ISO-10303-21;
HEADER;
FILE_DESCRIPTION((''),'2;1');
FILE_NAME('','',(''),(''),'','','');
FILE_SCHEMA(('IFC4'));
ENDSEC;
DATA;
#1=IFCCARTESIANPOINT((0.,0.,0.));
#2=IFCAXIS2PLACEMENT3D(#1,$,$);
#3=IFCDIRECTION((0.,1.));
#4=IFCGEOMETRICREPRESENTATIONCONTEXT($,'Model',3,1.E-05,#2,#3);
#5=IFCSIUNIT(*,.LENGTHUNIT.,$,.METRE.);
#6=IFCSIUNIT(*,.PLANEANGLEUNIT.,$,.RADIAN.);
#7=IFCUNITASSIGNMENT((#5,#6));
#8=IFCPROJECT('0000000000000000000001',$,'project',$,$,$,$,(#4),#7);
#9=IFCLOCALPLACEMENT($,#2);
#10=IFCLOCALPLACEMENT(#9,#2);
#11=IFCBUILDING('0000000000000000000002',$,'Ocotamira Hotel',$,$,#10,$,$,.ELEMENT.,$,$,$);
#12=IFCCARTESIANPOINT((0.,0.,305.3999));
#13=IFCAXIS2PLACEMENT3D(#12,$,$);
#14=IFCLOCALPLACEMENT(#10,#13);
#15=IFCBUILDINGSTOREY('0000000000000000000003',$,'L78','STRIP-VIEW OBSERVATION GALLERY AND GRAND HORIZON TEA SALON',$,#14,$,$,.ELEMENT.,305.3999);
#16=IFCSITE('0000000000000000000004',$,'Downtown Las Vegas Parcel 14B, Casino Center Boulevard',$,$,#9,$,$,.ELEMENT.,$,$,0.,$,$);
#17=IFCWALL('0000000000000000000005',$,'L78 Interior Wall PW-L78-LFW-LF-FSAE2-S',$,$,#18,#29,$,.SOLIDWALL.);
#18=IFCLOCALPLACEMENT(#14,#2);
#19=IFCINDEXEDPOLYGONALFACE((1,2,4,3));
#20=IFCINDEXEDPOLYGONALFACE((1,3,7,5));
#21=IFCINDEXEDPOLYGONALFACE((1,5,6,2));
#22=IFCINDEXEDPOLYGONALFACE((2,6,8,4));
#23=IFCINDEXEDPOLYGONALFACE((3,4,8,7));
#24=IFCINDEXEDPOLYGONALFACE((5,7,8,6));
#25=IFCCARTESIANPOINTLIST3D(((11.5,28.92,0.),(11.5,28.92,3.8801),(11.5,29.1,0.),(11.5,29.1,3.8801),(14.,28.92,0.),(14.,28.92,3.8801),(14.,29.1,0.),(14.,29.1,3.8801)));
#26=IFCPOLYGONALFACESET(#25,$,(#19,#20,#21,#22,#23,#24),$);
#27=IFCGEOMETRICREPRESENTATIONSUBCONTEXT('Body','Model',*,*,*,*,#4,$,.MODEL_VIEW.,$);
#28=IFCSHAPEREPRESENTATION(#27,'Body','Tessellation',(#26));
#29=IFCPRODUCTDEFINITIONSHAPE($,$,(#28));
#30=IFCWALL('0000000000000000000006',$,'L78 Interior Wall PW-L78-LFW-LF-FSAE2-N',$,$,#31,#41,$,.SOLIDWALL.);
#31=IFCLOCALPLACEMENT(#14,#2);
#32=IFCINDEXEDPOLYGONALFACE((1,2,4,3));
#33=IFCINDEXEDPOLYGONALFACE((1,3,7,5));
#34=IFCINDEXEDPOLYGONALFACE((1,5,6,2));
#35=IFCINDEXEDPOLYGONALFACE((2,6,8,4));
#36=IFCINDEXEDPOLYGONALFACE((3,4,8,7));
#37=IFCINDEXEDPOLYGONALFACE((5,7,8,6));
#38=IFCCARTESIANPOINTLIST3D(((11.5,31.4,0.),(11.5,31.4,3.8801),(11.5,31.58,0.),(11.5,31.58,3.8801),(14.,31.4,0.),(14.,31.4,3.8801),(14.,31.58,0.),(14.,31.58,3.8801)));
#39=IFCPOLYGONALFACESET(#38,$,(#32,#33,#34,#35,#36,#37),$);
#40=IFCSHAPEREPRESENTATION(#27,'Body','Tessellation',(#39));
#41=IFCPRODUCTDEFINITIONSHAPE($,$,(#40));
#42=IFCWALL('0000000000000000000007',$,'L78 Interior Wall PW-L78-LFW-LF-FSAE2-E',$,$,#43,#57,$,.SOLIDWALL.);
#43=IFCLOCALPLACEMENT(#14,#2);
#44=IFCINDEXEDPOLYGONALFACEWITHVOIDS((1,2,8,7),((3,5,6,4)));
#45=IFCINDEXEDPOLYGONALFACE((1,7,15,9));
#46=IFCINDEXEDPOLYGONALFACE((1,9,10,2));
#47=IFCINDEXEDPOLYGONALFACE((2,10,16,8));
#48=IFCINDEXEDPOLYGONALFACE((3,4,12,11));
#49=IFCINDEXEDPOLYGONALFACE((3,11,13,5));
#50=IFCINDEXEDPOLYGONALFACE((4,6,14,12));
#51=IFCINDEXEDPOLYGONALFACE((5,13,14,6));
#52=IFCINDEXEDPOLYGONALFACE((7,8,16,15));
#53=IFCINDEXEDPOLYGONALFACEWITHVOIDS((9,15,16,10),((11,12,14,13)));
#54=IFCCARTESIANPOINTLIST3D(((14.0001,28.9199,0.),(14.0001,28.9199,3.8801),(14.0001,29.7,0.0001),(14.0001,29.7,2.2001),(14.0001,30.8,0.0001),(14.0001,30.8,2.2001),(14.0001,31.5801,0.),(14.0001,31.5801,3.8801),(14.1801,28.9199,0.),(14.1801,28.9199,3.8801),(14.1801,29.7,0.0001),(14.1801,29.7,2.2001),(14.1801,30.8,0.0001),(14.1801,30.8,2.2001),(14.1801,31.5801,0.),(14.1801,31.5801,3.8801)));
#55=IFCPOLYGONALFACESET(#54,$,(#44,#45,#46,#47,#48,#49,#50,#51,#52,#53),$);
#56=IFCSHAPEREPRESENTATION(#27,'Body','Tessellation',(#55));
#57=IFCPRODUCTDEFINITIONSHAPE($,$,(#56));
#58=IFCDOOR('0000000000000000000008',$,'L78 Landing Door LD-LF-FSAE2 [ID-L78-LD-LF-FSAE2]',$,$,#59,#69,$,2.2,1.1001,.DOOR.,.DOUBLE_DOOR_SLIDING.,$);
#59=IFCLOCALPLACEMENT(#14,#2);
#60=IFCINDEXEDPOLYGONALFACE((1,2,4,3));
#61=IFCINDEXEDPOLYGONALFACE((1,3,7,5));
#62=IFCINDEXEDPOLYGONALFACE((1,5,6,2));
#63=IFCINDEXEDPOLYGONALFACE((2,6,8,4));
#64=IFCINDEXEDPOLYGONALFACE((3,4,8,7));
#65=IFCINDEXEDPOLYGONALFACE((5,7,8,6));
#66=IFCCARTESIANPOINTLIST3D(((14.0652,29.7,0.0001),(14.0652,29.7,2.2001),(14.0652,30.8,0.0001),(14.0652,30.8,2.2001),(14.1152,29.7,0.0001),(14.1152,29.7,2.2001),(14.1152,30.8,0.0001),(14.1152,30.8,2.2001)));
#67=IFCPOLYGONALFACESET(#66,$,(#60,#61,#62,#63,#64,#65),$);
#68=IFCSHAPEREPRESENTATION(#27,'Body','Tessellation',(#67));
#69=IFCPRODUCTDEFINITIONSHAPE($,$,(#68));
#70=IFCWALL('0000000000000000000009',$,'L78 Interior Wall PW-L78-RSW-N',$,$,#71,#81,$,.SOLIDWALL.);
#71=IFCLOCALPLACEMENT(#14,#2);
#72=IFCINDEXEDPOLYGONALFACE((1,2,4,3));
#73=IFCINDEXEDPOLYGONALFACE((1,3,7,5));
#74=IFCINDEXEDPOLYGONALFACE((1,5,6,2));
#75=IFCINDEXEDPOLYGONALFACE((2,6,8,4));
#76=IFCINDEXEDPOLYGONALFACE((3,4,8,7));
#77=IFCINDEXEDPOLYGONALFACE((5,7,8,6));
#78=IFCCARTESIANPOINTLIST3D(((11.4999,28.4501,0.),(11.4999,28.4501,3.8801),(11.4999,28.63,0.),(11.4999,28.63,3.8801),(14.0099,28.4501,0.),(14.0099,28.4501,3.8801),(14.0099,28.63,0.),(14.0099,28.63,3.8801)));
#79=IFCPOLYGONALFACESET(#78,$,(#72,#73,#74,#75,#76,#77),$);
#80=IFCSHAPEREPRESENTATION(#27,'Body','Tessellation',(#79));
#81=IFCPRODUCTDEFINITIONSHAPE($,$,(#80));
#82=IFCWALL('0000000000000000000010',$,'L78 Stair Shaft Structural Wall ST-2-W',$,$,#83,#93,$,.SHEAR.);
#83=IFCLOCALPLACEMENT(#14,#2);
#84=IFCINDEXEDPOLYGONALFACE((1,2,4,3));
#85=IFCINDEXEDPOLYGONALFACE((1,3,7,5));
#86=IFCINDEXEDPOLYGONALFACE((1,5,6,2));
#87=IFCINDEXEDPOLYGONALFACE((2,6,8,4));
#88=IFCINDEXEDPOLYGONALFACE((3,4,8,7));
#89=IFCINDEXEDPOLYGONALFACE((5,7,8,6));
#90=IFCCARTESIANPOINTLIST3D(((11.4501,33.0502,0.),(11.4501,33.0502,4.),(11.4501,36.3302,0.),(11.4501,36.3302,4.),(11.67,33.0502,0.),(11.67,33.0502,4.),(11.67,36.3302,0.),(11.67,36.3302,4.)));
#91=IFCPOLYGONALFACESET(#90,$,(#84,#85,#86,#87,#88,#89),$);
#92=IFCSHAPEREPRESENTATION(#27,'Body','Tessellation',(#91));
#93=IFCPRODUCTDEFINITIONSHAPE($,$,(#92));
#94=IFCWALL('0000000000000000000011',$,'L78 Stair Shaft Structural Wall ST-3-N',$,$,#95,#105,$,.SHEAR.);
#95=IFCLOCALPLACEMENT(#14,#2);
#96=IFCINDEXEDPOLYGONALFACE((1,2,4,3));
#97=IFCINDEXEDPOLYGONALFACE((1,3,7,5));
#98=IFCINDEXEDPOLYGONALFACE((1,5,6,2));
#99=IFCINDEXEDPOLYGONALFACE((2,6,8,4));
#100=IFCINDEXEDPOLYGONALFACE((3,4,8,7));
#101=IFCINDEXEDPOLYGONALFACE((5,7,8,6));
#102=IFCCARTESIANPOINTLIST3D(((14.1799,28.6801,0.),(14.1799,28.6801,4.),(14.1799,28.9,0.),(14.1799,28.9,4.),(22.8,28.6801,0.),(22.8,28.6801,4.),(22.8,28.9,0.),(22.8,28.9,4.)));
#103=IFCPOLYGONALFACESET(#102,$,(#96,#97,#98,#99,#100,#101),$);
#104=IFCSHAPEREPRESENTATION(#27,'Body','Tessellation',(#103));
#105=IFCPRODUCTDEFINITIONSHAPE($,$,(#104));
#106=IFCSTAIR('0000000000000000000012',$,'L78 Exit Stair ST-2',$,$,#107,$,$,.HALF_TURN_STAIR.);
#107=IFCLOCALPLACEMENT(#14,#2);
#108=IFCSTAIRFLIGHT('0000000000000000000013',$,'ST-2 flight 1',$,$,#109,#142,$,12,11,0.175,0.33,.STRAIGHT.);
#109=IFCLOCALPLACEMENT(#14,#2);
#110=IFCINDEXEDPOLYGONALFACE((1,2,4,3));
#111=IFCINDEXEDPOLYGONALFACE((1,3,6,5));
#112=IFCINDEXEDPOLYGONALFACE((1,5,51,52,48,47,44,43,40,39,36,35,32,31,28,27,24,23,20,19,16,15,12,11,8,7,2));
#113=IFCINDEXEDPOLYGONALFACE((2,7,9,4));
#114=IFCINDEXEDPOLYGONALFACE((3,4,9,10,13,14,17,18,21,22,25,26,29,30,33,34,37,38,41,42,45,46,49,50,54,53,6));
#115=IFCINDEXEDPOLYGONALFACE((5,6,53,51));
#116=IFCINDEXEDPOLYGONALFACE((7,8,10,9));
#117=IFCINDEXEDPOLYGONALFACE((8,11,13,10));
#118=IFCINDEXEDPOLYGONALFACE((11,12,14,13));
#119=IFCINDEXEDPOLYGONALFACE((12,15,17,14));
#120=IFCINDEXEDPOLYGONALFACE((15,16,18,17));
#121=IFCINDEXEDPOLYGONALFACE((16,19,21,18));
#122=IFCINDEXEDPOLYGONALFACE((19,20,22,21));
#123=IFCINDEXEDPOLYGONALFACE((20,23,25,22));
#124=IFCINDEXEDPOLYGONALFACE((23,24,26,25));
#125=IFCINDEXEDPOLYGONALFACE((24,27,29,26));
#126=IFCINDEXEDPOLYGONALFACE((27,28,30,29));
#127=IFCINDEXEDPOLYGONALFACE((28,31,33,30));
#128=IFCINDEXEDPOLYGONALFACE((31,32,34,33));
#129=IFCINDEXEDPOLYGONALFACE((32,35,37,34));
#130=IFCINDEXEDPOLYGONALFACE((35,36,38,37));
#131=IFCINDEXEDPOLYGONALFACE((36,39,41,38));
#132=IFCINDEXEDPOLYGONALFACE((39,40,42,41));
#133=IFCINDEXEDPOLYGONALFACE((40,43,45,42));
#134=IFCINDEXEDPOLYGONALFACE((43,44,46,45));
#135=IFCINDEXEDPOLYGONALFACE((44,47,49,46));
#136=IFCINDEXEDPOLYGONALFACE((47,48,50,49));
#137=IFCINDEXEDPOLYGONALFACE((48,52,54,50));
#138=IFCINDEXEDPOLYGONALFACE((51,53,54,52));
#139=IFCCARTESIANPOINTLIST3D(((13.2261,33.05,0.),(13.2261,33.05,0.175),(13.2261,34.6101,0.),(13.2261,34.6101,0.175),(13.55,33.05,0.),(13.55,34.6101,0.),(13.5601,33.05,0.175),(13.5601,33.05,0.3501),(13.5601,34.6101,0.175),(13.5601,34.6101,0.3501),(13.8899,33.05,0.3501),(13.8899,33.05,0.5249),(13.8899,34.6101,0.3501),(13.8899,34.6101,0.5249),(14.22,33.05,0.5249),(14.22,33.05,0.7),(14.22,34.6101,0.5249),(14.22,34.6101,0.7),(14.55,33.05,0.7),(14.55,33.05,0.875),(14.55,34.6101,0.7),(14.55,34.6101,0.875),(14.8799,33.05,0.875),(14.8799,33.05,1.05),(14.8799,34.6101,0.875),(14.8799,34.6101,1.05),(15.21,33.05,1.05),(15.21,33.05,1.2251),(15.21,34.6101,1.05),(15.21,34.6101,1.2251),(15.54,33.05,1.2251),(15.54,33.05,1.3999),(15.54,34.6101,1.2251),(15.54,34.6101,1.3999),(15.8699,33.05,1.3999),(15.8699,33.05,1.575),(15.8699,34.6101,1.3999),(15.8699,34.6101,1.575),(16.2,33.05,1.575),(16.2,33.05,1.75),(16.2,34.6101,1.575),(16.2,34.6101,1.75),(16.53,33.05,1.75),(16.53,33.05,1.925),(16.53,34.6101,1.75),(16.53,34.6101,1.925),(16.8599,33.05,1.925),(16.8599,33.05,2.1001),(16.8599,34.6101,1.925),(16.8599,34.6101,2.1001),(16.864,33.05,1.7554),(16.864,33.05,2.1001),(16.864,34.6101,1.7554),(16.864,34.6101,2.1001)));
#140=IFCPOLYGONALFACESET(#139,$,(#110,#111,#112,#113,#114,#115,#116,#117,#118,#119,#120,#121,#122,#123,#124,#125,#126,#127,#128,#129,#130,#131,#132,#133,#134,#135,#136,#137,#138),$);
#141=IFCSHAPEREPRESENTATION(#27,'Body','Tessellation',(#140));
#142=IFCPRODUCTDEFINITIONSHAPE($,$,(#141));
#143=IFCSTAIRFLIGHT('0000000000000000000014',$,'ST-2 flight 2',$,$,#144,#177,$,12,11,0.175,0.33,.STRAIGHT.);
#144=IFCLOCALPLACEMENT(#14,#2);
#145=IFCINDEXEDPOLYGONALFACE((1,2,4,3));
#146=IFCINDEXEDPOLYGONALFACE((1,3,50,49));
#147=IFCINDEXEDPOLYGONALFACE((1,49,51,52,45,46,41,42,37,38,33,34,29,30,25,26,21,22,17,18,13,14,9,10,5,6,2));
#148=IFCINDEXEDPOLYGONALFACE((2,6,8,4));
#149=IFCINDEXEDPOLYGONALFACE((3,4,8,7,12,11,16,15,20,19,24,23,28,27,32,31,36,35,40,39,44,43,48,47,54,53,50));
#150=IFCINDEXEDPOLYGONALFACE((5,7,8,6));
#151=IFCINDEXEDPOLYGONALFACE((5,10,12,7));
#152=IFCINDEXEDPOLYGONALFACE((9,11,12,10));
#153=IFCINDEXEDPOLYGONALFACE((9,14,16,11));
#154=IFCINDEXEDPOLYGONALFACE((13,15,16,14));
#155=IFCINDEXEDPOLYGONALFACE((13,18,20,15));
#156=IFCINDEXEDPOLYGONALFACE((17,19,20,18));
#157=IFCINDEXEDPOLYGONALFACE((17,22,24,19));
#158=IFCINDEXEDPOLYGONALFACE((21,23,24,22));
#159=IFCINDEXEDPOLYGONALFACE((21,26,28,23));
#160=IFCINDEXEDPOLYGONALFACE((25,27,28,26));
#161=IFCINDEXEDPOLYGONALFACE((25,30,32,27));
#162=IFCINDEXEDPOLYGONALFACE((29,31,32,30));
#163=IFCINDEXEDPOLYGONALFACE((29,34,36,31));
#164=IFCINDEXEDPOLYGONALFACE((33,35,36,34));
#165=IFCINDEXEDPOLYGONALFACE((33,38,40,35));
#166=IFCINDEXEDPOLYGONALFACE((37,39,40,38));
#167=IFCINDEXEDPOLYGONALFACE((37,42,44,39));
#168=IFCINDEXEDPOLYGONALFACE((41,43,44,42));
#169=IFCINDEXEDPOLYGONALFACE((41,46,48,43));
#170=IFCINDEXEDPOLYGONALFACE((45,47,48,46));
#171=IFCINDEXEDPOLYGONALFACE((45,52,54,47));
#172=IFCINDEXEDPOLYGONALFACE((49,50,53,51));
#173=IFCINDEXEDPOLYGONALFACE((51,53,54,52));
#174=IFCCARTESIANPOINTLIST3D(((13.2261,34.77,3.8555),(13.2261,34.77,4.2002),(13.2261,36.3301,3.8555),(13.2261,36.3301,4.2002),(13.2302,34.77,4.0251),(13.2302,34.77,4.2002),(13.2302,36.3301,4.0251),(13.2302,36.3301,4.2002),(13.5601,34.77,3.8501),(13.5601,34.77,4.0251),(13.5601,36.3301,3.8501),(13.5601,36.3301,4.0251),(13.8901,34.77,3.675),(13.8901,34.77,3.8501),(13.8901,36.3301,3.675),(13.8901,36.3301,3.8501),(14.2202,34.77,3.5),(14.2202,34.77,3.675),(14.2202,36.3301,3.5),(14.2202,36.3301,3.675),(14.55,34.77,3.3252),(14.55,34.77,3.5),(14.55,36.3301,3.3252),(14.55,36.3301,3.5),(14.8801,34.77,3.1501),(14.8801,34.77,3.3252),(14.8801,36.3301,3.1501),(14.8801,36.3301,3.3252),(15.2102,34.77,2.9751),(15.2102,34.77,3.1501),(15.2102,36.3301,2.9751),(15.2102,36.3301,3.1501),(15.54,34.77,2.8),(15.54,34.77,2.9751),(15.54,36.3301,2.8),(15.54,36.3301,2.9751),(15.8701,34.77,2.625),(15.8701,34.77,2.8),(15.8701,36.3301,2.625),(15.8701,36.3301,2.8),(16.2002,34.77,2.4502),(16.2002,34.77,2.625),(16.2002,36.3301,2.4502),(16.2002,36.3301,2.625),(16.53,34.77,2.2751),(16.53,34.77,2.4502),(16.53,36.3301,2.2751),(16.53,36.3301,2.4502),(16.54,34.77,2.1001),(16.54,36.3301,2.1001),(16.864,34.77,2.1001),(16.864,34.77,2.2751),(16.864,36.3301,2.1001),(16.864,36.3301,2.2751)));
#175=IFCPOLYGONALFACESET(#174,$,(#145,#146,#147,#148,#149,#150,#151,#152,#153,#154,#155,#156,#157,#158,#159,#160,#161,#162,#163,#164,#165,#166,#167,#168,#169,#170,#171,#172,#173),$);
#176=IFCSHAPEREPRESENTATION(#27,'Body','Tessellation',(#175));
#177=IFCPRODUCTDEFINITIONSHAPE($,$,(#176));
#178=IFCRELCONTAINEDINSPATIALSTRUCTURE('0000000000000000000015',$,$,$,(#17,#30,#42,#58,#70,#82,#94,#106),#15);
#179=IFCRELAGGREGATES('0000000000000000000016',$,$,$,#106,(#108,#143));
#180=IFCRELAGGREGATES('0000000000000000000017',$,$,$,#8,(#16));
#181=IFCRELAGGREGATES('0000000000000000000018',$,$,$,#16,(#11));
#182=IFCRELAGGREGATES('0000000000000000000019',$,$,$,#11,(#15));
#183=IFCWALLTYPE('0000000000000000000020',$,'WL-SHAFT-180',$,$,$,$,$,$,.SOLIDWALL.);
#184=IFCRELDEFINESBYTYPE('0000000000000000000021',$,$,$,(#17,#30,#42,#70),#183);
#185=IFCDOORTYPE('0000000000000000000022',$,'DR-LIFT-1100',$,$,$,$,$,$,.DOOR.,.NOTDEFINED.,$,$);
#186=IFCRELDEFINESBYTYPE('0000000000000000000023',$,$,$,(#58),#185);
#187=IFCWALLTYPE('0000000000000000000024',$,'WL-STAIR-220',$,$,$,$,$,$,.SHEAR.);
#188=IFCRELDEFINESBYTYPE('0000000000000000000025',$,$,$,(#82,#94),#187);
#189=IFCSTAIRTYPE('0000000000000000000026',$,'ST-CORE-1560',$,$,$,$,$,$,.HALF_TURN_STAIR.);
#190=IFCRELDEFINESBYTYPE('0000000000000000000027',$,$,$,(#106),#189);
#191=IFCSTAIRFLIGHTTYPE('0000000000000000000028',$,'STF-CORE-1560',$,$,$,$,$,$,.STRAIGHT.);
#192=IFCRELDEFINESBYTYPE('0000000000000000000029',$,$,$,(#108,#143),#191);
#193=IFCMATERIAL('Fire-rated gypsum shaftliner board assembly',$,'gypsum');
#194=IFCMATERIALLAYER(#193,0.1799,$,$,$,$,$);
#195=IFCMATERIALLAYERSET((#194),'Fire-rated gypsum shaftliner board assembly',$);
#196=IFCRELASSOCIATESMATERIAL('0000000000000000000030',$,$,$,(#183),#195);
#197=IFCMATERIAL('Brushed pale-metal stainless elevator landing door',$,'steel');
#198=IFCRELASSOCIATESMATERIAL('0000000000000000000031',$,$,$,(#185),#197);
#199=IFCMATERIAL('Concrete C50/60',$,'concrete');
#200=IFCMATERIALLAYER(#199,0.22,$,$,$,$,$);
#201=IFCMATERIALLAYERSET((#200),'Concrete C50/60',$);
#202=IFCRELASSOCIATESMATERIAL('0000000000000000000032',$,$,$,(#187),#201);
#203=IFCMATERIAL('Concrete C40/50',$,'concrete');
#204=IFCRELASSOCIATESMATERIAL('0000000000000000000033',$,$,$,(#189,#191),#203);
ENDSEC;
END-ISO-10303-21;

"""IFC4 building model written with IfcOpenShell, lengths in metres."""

from ifc_helpers import new_model, si_unit, direction, frame, frame_2d, origin, place, context, subcontext, project, spatial, polyline, rectangle, outline, extrude, source, transform, mapped, material, layer, layer_set, type_object, element, fill, aggregate, save


model = new_model("IFC4")

# Units and contexts
model_context = context("Model", 3, precision=1e-05, world=origin(), true_north=direction((0.0, 1.0)))
body_context = subcontext(model_context, "Body", "Model", "MODEL_VIEW")
ifc_project = project(units=[si_unit("LENGTHUNIT", "METRE"), si_unit("PLANEANGLEUNIT", "RADIAN")], contexts=[model_context])

# Site, building, storey
site_placement = place(None, origin())
site = spatial("IfcSite", under=ifc_project, at=site_placement, Name="Downtown Las Vegas Parcel 14B, Casino Center Boulevard", CompositionType="ELEMENT", RefElevation=0.0)
building_placement = place(site_placement, origin())
building = spatial("IfcBuilding", under=site, at=building_placement, Name="Ocotamira Hotel", CompositionType="ELEMENT")
storey_placement = place(building_placement, frame((0.0, 0.0, 305.3999)))
storey = spatial("IfcBuildingStorey", under=building, at=storey_placement, Name="L78", Description="STRIP-VIEW OBSERVATION GALLERY AND GRAND HORIZON TEA SALON", CompositionType="ELEMENT", Elevation=305.3999)

# Walls
ifc_material_1 = material(Name="Fire-rated gypsum shaftliner board assembly", Category="gypsum")
ifc_layer_1 = layer(ifc_material_1, 0.1799)
ifc_layer_set_1 = layer_set([ifc_layer_1], Name="Fire-rated gypsum shaftliner board assembly")
wall_type_1 = type_object("IfcWallType", Name="WL-SHAFT-180", PredefinedType="SOLIDWALL", material=ifc_layer_set_1)
for number, where, z_axis, x_axis, name in (
    (1, (11.5, 29.01, 0.0), (0.0, 0.0, 1.0), (1.0, 0.0, 0.0), "L78 Interior Wall PW-L78-LFW-LF-FSAE2-S"),
    (2, (11.5, 31.49, 0.0), (0.0, 0.0, 1.0), (1.0, 0.0, 0.0), "L78 Interior Wall PW-L78-LFW-LF-FSAE2-N"),
):
    element("IfcWall", number, at=place(storey_placement, frame(where, z_axis=z_axis, x_axis=x_axis)), inside=storey, type_object=wall_type_1, Name=name, PredefinedType="SOLIDWALL", context=body_context, shape_type="SweptSolid", body=[
        extrude(rectangle(XDim=2.5, YDim=0.1799, at=frame_2d((1.25, 0.0))), origin(), (0.0, 0.0, 1.0), 3.8801),
    ])

# Wall, opening, door
wall_1_placement = place(storey_placement, frame((14.0901, 28.9199, 0.0), z_axis=(0.0, 0.0, 1.0), x_axis=(0.0, 1.0, 0.0)))
wall_1 = element("IfcWall", 3, at=wall_1_placement, inside=storey, type_object=wall_type_1, Name="L78 Interior Wall PW-L78-LFW-LF-FSAE2-E", PredefinedType="SOLIDWALL", context=body_context, shape_type="SweptSolid", body=[
    extrude(rectangle(XDim=2.6602, YDim=0.1799, at=frame_2d((1.3301, 0.0))), origin(), (0.0, 0.0, 1.0), 3.8801),
])
opening_1_placement = place(wall_1_placement, frame((0.78, 0.0, 0.0)))
opening_1 = element("IfcOpeningElement", 4, at=opening_1_placement, cuts=wall_1, PredefinedType="OPENING", context=body_context, shape_type="SweptSolid", body=[
    extrude(rectangle(XDim=1.1001, YDim=2.2, at=frame_2d((0.55, 1.1001))), frame((0.0, 0.1001, 0.0), z_axis=(0.0, -1.0, 0.0), x_axis=(1.0, 0.0, 0.0)), (0.0, 0.0, 1.0), 0.2),
])
ifc_material_2 = material(Name="Brushed pale-metal stainless elevator landing door", Category="steel")
door_type_1 = type_object("IfcDoorType", Name="DR-LIFT-1100", OperationType="NOTDEFINED", PredefinedType="DOOR", material=ifc_material_2)
shared_shape_1 = source(origin(), body_context, "Body", "SweptSolid", [
    extrude(rectangle(XDim=1.1001, YDim=2.2, at=frame_2d((0.55, 1.1001))), frame((0.0, 0.0249, 0.0), z_axis=(0.0, -1.0, 0.0), x_axis=(1.0, 0.0, 0.0)), (0.0, 0.0, 1.0), 0.05),
])
door_1_placement = place(opening_1_placement, origin())
door_1 = element("IfcDoor", 5, at=door_1_placement, inside=storey, type_object=door_type_1, Name="L78 Landing Door LD-LF-FSAE2 [ID-L78-LD-LF-FSAE2]", OperationType="DOUBLE_DOOR_SLIDING", OverallHeight=2.2, OverallWidth=1.1001, PredefinedType="DOOR", context=body_context, shape_type="MappedRepresentation", body=[
    mapped(shared_shape_1, transform((0.0, 0.0, 0.0), scale=1.0)),
])
fill(opening_1, door_1)

# Walls
wall_2_placement = place(storey_placement, frame((11.5, 28.54, 0.0), z_axis=(0.0, 0.0, 1.0), x_axis=(1.0, 0.0, 0.0)))
element("IfcWall", 6, at=wall_2_placement, inside=storey, type_object=wall_type_1, Name="L78 Interior Wall PW-L78-RSW-N", PredefinedType="SOLIDWALL", context=body_context, shape_type="SweptSolid", body=[
    extrude(rectangle(XDim=2.51, YDim=0.1799, at=frame_2d((1.2549, 0.0))), origin(), (0.0, 0.0, 1.0), 3.8801),
])
ifc_material_3 = material(Name="Concrete C50/60", Category="concrete")
ifc_layer_2 = layer(ifc_material_3, 0.22)
ifc_layer_set_2 = layer_set([ifc_layer_2], Name="Concrete C50/60")
wall_type_2 = type_object("IfcWallType", Name="WL-STAIR-220", PredefinedType="SHEAR", material=ifc_layer_set_2)
wall_3_placement = place(storey_placement, frame((11.5601, 33.05, 0.0), z_axis=(0.0, 0.0, 1.0), x_axis=(0.0, 1.0, 0.0)))
element("IfcWall", 7, at=wall_3_placement, inside=storey, type_object=wall_type_2, Name="L78 Stair Shaft Structural Wall ST-2-W", PredefinedType="SHEAR", context=body_context, shape_type="SweptSolid", body=[
    extrude(rectangle(XDim=3.28, YDim=0.22, at=frame_2d((1.6401, 0.0))), origin(), (0.0, 0.0, 1.0), 4.0),
])
wall_4_placement = place(storey_placement, frame((14.1799, 28.79, 0.0), z_axis=(0.0, 0.0, 1.0), x_axis=(1.0, 0.0, 0.0)))
element("IfcWall", 8, at=wall_4_placement, inside=storey, type_object=wall_type_2, Name="L78 Stair Shaft Structural Wall ST-3-N", PredefinedType="SHEAR", context=body_context, shape_type="SweptSolid", body=[
    extrude(rectangle(XDim=8.6201, YDim=0.22, at=frame_2d((4.3101, 0.0))), origin(), (0.0, 0.0, 1.0), 4.0),
])

# Stair, stair flights
ifc_material_4 = material(Name="Concrete C40/50", Category="concrete")
stair_type = type_object("IfcStairType", Name="ST-CORE-1560", PredefinedType="HALF_TURN_STAIR", material=ifc_material_4)
stair_placement = place(storey_placement, origin())
stair = element("IfcStair", 9, at=stair_placement, inside=storey, type_object=stair_type, Name="L78 Exit Stair ST-2", PredefinedType="HALF_TURN_STAIR")
stair_flight_type = type_object("IfcStairFlightType", Name="STF-CORE-1560", PredefinedType="STRAIGHT", material=ifc_material_4)
shared_shape_2 = source(origin(), body_context, "Body", "SweptSolid", [
    extrude(outline(polyline([(-0.0039, 0.0), (-0.0039, 0.175), (0.3301, 0.175), (0.3301, 0.3501), (0.6599, 0.3501), (0.6599, 0.5249), (0.99, 0.5249), (0.99, 0.7), (1.3201, 0.7), (1.3201, 0.875), (1.6499, 0.875), (1.6499, 1.05), (1.98, 1.05), (1.98, 1.2251), (2.3101, 1.2251), (2.3101, 1.3999), (2.6399, 1.3999), (2.6399, 1.575), (2.97, 1.575), (2.97, 1.75), (3.3, 1.75), (3.3, 1.925), (3.6299, 1.925), (3.6299, 2.1001), (3.634, 2.1001), (3.634, 1.7554), (0.3201, 0.0), (-0.0039, 0.0)])), frame((0.0, 0.78, 0.0), z_axis=(0.0, -1.0, 0.0), x_axis=(1.0, 0.0, 0.0)), (0.0, 0.0, 1.0), 1.5601),
])
stair_flight_1_placement = place(storey_placement, frame((13.23, 33.8301, 0.0), z_axis=(0.0, 0.0, 1.0), x_axis=(1.0, 0.0, 0.0)))
stair_flight_1 = element("IfcStairFlight", 10, at=stair_flight_1_placement, type_object=stair_flight_type, Name="ST-2 flight 1", NumberOfRisers=12, NumberOfTreads=11, PredefinedType="STRAIGHT", RiserHeight=0.175, TreadLength=0.33, context=body_context, shape_type="MappedRepresentation", body=[
    mapped(shared_shape_2, transform((0.0, 0.0, 0.0), scale=1.0)),
])
stair_flight_2_placement = place(storey_placement, frame((16.8601, 35.55, 2.1001), z_axis=(0.0, 0.0, 1.0), x_axis=(-1.0, 0.0, 0.0)))
stair_flight_2 = element("IfcStairFlight", 11, at=stair_flight_2_placement, type_object=stair_flight_type, Name="ST-2 flight 2", NumberOfRisers=12, NumberOfTreads=11, PredefinedType="STRAIGHT", RiserHeight=0.175, TreadLength=0.33, context=body_context, shape_type="MappedRepresentation", body=[
    mapped(shared_shape_2, transform((0.0, 0.0, 0.0), scale=1.0)),
])
aggregate(stair, [stair_flight_1, stair_flight_2])

save(model, "model.ifc")
